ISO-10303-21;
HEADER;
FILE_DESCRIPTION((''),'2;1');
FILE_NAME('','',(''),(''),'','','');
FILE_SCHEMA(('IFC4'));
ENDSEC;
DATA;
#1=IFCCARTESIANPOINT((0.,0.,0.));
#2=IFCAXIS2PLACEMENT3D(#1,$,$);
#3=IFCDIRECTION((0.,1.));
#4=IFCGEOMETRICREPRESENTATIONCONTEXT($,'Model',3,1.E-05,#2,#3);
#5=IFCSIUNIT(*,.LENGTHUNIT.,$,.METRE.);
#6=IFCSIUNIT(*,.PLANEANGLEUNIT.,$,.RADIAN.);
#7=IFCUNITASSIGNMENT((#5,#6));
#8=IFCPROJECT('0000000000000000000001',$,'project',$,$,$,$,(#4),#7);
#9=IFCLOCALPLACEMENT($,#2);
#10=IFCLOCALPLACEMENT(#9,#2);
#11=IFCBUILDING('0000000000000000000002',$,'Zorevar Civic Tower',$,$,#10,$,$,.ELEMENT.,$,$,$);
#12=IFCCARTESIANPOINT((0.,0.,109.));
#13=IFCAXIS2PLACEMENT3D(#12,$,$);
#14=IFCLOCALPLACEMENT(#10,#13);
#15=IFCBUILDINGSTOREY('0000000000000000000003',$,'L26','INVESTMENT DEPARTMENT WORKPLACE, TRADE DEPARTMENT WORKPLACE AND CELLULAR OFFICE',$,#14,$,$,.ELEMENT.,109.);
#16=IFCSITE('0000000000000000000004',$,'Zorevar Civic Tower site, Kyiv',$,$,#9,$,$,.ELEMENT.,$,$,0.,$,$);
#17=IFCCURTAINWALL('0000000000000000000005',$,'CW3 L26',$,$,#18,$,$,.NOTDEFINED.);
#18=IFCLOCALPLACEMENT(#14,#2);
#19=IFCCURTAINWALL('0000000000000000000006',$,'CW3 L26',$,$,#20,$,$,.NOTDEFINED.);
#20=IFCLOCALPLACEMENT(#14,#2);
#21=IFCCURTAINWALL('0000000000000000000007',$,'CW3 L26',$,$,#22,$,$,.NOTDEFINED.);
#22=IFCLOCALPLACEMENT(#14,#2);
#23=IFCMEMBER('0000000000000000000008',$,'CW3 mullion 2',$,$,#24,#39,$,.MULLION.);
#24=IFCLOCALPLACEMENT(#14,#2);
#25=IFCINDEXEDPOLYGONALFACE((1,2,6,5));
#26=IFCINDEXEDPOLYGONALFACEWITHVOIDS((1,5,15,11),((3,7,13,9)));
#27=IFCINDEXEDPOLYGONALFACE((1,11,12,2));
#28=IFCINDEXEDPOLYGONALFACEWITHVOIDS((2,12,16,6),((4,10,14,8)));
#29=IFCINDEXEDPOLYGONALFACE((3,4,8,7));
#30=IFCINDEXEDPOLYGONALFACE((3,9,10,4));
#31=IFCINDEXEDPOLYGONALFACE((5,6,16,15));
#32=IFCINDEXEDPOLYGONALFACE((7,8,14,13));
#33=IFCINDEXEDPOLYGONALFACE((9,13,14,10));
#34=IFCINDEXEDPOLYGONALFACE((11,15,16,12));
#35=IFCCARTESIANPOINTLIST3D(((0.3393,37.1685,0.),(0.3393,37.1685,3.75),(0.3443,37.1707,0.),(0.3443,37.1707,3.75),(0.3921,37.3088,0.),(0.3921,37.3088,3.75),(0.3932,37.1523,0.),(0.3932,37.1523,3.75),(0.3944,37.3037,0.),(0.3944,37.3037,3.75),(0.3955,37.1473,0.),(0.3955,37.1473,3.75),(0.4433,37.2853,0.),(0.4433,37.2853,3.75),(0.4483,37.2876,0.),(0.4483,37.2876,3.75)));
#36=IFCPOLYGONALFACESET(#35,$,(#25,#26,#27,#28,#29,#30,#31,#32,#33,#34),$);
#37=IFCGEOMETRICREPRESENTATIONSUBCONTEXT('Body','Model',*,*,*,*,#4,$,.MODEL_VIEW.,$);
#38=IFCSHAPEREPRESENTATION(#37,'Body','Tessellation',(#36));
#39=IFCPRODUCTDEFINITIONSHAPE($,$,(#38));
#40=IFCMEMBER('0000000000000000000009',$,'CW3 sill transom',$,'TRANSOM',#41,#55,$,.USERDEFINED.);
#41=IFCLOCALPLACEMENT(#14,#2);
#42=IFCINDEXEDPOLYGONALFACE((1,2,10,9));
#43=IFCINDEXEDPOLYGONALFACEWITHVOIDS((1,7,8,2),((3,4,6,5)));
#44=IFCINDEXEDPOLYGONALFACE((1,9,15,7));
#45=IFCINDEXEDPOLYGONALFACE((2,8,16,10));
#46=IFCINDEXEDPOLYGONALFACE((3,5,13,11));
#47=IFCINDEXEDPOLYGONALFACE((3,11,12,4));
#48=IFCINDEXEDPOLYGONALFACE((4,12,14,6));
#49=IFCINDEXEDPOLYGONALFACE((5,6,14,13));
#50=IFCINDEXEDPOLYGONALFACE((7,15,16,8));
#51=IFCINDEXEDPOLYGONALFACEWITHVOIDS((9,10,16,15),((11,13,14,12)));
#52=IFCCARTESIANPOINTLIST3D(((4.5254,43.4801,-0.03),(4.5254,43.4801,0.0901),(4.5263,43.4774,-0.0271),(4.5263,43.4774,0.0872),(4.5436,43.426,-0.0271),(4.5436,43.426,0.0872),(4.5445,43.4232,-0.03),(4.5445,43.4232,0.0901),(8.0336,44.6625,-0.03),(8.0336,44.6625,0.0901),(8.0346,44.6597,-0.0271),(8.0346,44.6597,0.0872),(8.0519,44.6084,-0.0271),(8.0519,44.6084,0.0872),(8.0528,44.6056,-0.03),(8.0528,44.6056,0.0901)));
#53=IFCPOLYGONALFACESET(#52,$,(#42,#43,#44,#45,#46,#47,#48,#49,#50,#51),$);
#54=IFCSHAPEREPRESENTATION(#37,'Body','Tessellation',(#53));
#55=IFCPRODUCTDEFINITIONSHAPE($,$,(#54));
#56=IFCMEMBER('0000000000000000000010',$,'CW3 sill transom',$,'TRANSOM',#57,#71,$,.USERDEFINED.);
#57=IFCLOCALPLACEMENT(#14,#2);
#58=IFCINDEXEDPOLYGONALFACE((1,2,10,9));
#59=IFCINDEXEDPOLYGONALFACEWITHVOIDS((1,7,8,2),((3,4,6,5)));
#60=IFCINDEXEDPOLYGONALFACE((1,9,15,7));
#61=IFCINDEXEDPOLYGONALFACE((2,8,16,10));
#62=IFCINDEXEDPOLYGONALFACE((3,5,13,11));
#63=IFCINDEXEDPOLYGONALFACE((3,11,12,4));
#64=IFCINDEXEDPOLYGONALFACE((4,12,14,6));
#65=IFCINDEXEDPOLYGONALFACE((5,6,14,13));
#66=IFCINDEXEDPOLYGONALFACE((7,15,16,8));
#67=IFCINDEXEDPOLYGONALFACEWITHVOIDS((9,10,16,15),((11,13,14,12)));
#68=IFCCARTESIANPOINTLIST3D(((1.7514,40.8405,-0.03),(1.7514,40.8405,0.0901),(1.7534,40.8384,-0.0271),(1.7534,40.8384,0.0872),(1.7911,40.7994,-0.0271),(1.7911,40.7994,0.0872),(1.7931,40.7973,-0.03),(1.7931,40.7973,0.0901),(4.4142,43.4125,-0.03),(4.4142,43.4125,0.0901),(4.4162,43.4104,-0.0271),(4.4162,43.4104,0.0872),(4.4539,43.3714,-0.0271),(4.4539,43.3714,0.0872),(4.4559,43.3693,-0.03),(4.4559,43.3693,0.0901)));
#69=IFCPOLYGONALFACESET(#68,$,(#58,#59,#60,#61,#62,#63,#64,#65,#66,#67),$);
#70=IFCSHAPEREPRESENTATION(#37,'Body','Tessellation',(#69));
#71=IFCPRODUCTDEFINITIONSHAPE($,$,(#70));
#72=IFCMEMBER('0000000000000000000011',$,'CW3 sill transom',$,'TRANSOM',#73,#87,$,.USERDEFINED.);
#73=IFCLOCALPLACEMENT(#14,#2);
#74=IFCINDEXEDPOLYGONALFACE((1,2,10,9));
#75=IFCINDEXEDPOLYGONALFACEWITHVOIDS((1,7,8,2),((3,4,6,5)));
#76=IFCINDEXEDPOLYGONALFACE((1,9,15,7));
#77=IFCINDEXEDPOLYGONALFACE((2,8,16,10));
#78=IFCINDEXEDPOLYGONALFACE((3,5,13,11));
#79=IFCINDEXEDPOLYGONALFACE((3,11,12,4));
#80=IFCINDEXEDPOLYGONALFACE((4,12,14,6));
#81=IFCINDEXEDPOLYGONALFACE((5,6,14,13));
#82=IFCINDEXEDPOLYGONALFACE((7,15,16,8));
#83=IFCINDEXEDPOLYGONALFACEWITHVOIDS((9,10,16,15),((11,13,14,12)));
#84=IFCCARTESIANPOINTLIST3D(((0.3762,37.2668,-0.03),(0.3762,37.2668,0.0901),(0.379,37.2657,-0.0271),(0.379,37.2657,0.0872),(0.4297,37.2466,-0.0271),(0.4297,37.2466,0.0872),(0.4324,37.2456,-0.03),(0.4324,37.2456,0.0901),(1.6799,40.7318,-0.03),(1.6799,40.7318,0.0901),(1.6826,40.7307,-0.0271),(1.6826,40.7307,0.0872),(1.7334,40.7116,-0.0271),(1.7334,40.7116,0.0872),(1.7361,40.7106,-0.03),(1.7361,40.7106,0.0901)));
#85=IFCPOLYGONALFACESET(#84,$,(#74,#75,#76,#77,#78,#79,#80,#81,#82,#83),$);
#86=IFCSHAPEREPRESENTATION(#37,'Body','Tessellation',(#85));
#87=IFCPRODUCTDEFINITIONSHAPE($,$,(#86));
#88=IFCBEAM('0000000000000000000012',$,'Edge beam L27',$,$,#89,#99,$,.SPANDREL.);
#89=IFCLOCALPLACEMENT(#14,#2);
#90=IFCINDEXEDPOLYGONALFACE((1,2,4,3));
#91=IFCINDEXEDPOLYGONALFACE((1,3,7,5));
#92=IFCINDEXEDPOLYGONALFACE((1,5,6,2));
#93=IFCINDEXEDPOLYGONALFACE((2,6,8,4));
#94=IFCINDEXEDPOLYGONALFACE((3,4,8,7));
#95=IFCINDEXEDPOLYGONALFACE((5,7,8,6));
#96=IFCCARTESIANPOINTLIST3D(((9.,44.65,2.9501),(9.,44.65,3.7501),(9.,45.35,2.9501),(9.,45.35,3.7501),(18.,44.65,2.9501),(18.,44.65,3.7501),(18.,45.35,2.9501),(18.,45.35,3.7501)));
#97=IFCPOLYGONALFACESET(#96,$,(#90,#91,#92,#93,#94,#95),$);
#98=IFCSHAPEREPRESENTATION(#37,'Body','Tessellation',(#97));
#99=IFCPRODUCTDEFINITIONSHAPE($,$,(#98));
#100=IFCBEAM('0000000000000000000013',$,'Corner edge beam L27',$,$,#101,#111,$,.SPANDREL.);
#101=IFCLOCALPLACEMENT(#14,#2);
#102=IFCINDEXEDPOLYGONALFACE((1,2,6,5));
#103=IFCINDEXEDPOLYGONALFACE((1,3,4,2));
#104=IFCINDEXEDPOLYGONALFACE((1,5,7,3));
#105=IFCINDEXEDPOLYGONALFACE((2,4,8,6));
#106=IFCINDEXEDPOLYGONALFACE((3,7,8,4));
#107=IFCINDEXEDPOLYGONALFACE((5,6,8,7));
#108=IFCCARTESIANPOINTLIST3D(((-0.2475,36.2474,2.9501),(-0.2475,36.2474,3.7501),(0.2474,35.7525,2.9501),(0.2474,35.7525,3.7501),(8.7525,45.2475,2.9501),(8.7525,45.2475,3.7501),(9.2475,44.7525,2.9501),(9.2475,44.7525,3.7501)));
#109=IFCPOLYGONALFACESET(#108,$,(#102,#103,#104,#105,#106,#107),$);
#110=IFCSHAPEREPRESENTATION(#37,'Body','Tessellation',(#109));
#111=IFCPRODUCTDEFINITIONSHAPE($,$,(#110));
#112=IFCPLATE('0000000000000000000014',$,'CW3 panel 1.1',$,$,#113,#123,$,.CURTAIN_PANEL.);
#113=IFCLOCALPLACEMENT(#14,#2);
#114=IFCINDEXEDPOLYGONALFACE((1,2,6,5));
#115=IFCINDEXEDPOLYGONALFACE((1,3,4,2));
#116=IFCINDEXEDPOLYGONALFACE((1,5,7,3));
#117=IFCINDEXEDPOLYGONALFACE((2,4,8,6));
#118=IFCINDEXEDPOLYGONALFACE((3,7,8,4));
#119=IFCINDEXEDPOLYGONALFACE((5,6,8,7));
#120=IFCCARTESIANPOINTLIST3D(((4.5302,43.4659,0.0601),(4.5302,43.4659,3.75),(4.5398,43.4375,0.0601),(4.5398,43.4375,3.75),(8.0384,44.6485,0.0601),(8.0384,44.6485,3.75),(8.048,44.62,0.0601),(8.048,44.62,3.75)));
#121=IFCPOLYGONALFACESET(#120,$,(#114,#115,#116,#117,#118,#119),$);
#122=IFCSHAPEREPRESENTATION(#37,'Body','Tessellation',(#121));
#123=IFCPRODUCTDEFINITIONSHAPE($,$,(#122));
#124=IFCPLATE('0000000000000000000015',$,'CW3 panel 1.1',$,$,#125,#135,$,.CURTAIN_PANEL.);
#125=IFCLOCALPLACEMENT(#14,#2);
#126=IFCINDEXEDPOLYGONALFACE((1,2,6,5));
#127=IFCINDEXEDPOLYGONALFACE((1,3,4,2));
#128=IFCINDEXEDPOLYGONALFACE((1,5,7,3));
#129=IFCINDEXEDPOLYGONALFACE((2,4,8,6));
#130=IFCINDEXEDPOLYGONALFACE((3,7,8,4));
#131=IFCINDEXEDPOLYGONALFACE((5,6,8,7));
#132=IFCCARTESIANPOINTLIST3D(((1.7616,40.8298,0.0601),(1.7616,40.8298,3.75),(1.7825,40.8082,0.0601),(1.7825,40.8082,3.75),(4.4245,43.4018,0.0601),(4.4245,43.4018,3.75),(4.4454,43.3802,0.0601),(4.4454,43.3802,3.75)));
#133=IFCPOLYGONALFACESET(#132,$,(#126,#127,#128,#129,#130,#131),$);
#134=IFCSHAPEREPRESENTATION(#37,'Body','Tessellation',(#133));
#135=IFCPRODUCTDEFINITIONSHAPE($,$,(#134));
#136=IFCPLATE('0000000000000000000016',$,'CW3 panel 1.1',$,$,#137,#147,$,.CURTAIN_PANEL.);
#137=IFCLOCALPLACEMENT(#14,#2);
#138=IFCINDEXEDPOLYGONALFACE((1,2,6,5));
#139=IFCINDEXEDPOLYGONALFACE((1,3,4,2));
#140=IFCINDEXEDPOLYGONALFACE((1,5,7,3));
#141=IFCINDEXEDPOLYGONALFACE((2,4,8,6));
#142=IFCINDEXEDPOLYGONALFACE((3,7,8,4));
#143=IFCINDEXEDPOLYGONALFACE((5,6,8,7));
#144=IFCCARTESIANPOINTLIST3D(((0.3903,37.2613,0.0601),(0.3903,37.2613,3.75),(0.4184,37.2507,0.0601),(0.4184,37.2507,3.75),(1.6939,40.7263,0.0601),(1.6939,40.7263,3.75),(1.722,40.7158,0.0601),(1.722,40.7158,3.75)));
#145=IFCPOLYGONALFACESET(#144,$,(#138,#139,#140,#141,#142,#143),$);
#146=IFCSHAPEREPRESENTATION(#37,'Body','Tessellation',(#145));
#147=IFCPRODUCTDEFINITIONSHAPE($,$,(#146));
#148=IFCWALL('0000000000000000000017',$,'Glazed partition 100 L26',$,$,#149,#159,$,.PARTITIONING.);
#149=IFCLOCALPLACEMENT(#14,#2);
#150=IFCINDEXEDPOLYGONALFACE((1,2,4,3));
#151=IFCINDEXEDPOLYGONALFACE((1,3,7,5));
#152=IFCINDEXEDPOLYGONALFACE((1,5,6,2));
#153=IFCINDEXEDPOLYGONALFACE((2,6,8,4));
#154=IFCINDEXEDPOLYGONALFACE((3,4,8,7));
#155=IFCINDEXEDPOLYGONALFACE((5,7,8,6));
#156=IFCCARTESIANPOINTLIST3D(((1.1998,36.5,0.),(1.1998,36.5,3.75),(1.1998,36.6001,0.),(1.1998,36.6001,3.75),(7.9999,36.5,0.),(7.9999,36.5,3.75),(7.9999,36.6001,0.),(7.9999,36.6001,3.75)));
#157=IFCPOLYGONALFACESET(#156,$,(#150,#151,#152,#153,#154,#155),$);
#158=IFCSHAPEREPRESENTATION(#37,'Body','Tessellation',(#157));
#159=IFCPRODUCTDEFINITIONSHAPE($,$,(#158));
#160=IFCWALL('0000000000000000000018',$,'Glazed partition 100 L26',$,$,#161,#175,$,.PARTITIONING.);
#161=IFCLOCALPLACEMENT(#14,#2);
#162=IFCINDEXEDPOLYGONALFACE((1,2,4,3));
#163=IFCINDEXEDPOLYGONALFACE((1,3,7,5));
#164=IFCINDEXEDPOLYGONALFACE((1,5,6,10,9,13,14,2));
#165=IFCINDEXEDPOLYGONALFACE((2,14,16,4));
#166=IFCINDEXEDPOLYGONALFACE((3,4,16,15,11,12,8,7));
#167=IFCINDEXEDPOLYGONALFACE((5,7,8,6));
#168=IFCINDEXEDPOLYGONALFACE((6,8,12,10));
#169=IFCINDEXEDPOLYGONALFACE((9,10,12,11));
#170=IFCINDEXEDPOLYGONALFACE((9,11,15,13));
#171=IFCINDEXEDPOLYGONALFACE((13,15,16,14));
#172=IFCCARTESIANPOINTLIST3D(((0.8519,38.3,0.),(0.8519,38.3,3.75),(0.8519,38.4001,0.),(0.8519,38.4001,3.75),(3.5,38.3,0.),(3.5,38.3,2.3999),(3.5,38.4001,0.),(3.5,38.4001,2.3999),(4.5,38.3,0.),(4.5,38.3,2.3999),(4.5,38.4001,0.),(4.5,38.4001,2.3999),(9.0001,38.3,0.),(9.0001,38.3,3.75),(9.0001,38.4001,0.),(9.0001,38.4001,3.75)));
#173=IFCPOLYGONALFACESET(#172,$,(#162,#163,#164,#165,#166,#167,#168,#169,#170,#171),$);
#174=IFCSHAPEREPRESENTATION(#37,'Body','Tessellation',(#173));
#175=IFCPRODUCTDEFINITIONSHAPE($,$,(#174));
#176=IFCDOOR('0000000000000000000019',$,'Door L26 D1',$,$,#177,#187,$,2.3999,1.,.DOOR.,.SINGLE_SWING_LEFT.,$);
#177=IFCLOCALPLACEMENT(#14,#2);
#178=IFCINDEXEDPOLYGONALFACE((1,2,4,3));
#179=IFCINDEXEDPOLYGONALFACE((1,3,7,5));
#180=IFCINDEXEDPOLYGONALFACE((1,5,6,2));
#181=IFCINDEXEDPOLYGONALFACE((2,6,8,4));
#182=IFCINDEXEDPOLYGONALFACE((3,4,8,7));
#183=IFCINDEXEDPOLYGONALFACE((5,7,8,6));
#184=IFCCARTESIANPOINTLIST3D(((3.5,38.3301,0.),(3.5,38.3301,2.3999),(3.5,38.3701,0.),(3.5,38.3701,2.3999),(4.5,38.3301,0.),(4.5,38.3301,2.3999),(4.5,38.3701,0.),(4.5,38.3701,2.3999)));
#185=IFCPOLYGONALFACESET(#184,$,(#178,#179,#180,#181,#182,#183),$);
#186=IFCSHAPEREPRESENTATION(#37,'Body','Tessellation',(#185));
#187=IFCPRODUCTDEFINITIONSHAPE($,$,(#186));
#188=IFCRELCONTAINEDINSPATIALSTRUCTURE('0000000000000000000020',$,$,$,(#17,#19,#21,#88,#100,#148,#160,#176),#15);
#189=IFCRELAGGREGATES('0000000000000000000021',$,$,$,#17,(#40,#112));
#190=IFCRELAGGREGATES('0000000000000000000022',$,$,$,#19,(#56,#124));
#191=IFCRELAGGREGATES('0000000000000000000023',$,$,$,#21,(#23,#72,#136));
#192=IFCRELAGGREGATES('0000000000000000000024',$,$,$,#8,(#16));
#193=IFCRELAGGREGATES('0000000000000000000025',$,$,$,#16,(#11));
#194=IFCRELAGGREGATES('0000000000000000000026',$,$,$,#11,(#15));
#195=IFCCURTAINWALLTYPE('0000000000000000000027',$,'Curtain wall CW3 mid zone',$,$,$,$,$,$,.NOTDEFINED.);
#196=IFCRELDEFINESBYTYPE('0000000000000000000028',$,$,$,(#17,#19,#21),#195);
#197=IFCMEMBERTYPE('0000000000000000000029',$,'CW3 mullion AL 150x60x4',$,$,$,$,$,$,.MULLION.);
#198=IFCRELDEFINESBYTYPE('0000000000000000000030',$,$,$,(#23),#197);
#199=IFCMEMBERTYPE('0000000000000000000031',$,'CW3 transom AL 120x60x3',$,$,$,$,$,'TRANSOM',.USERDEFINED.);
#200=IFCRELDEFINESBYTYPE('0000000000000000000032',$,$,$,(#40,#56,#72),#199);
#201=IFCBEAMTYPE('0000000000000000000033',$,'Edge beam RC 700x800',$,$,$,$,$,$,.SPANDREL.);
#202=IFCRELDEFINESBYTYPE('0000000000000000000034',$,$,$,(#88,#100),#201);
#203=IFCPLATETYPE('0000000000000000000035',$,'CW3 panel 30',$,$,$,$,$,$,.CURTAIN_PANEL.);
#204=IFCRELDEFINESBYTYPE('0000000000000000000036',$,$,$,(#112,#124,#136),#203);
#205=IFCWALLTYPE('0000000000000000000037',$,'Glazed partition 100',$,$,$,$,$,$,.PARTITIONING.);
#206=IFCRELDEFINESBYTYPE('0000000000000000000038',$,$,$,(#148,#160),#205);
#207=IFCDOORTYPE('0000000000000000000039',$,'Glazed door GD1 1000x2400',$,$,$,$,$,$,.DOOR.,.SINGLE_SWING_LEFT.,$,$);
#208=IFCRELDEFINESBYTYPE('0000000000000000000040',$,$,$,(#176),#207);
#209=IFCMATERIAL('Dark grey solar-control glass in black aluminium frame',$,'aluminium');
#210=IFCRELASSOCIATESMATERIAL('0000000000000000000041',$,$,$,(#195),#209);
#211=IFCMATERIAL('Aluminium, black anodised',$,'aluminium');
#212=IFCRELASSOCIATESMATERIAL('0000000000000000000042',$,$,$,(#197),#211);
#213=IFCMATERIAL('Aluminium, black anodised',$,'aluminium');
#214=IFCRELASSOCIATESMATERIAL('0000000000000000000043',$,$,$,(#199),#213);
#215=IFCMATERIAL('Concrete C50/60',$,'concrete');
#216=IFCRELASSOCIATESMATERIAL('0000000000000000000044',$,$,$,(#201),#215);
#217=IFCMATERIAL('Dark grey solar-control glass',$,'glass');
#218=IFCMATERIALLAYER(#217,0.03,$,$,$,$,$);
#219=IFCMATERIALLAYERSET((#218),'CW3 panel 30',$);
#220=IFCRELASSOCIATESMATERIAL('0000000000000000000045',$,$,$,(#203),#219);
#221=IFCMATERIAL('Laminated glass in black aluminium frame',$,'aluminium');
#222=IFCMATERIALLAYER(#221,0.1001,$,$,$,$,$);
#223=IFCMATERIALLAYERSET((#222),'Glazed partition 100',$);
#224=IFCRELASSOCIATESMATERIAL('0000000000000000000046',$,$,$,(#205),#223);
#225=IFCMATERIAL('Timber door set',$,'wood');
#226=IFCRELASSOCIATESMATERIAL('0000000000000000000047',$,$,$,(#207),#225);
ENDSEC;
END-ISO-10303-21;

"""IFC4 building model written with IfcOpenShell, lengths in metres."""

from ifc_helpers import new_model, si_unit, direction, frame, frame_2d, origin, origin_2d, place, context, subcontext, project, spatial, rectangle, hollow_rectangle, extrude, material, layer, layer_set, material_profile, profile_set, type_object, element, fill, aggregate, save


model = new_model("IFC4")

# Units and contexts
model_context = context("Model", 3, precision=1e-05, world=origin(), true_north=direction((0.0, 1.0)))
body_context = subcontext(model_context, "Body", "Model", "MODEL_VIEW")
ifc_project = project(units=[si_unit("LENGTHUNIT", "METRE"), si_unit("PLANEANGLEUNIT", "RADIAN")], contexts=[model_context])

# Site, building, storey
site_placement = place(None, origin())
site = spatial("IfcSite", under=ifc_project, at=site_placement, Name="Zorevar Civic Tower site, Kyiv", CompositionType="ELEMENT", RefElevation=0.0)
building_placement = place(site_placement, origin())
building = spatial("IfcBuilding", under=site, at=building_placement, Name="Zorevar Civic Tower", CompositionType="ELEMENT")
storey_placement = place(building_placement, frame((0.0, 0.0, 109.0)))
storey = spatial("IfcBuildingStorey", under=building, at=storey_placement, Name="L26", Description="INVESTMENT DEPARTMENT WORKPLACE, TRADE DEPARTMENT WORKPLACE AND CELLULAR OFFICE", CompositionType="ELEMENT", Elevation=109.0)

# Shared definitions
ifc_material_1 = material(Name="Dark grey solar-control glass in black aluminium frame", Category="aluminium")
curtain_wall_type = type_object("IfcCurtainWallType", Name="Curtain wall CW3 mid zone", PredefinedType="NOTDEFINED", material=ifc_material_1)
ifc_material_2 = material(Name="Aluminium, black anodised", Category="aluminium")
ifc_material_profile_1 = material_profile(ifc_material_2, hollow_rectangle(XDim=0.0601, YDim=0.1499, WallThickness=0.0039, at=origin_2d()), Name="AL 150x60x4")
ifc_profile_set_1 = profile_set([ifc_material_profile_1], Name="Aluminium, black anodised")
member_type_1 = type_object("IfcMemberType", Name="CW3 mullion AL 150x60x4", PredefinedType="MULLION", material=ifc_profile_set_1)

# Curtain walls, member
curtain_wall_1_placement = place(storey_placement, origin())
curtain_wall_1 = element("IfcCurtainWall", 1, at=curtain_wall_1_placement, inside=storey, type_object=curtain_wall_type, Name="CW3 L26", PredefinedType="NOTDEFINED")
curtain_wall_2_placement = place(storey_placement, origin())
curtain_wall_2 = element("IfcCurtainWall", 2, at=curtain_wall_2_placement, inside=storey, type_object=curtain_wall_type, Name="CW3 L26", PredefinedType="NOTDEFINED")
curtain_wall_3_placement = place(storey_placement, origin())
curtain_wall_3 = element("IfcCurtainWall", 3, at=curtain_wall_3_placement, inside=storey, type_object=curtain_wall_type, Name="CW3 L26", PredefinedType="NOTDEFINED")
member_1_placement = place(storey_placement, frame((0.3938, 37.228, 0.0), z_axis=(0.0, 0.0, 1.0), x_axis=(0.935951, -0.352132, 0.0)))
member_1 = element("IfcMember", 4, at=member_1_placement, type_object=member_type_1, Name="CW3 mullion 2", PredefinedType="MULLION", context=body_context, shape_type="SweptSolid", body=[
    extrude(hollow_rectangle(XDim=0.0601, YDim=0.1499, WallThickness=0.0039, at=origin_2d()), origin(), (0.0, 0.0, 1.0), 3.75),
])

# Members
ifc_material_3 = material(Name="Aluminium, black anodised", Category="aluminium")
ifc_material_profile_2 = material_profile(ifc_material_3, hollow_rectangle(XDim=0.0601, YDim=0.1201, WallThickness=0.0029, at=origin_2d()), Name="AL 120x60x3")
ifc_profile_set_2 = profile_set([ifc_material_profile_2], Name="Aluminium, black anodised")
member_type_2 = type_object("IfcMemberType", Name="CW3 transom AL 120x60x3", ElementType="TRANSOM", PredefinedType="USERDEFINED", material=ifc_profile_set_2)
member_2_placement = place(storey_placement, frame((8.0432, 44.634, 0.03), z_axis=(-0.94763, -0.319372, 0.0), x_axis=(0.319372, -0.94763, 0.0)))
member_2 = element("IfcMember", 5, at=member_2_placement, type_object=member_type_2, Name="CW3 sill transom", ObjectType="TRANSOM", PredefinedType="USERDEFINED", context=body_context, shape_type="SweptSolid", body=[
    extrude(hollow_rectangle(XDim=0.0601, YDim=0.1201, WallThickness=0.0029, at=origin_2d()), origin(), (0.0, 0.0, 1.0), 3.7021),
])
member_3_placement = place(storey_placement, frame((4.4351, 43.3909, 0.03), z_axis=(-0.719266, -0.694735, 0.0), x_axis=(0.694735, -0.719266, 0.0)))
member_3 = element("IfcMember", 6, at=member_3_placement, type_object=member_type_2, Name="CW3 sill transom", ObjectType="TRANSOM", PredefinedType="USERDEFINED", context=body_context, shape_type="SweptSolid", body=[
    extrude(hollow_rectangle(XDim=0.0601, YDim=0.1201, WallThickness=0.0029, at=origin_2d()), origin(), (0.0, 0.0, 1.0), 3.7021),
])
member_4_placement = place(storey_placement, frame((1.708, 40.7212, 0.03), z_axis=(-0.352142, -0.935947, 0.0), x_axis=(0.935947, -0.352142, 0.0)))
member_4 = element("IfcMember", 7, at=member_4_placement, type_object=member_type_2, Name="CW3 sill transom", ObjectType="TRANSOM", PredefinedType="USERDEFINED", context=body_context, shape_type="SweptSolid", body=[
    extrude(hollow_rectangle(XDim=0.0601, YDim=0.1201, WallThickness=0.0029, at=origin_2d()), origin(), (0.0, 0.0, 1.0), 3.7021),
])

# Beams
ifc_material_4 = material(Name="Concrete C50/60", Category="concrete")
ifc_material_profile_3 = material_profile(ifc_material_4, rectangle(XDim=0.7, YDim=0.8, at=origin_2d()), Name="RC 700x800")
ifc_profile_set_3 = profile_set([ifc_material_profile_3], Name="Concrete C50/60")
beam_type_1 = type_object("IfcBeamType", Name="Edge beam RC 700x800", PredefinedType="SPANDREL", material=ifc_profile_set_3)
beam_1_placement = place(storey_placement, frame((9.0, 45.0, 3.3501), z_axis=(1.0, 0.0, 0.0), x_axis=(0.0, 1.0, 0.0)))
element("IfcBeam", 8, at=beam_1_placement, inside=storey, type_object=beam_type_1, Name="Edge beam L27", PredefinedType="SPANDREL", context=body_context, shape_type="SweptSolid", body=[
    extrude(rectangle(XDim=0.7, YDim=0.8, at=origin_2d()), origin(), (0.0, 0.0, 1.0), 9.0),
])
beam_2_placement = place(storey_placement, frame((9.0, 45.0, 3.3501), z_axis=(-0.707107, -0.707107, 0.0), x_axis=(0.707107, -0.707107, 0.0)))
element("IfcBeam", 9, at=beam_2_placement, inside=storey, type_object=beam_type_1, Name="Corner edge beam L27", PredefinedType="SPANDREL", context=body_context, shape_type="SweptSolid", body=[
    extrude(rectangle(XDim=0.7, YDim=0.8, at=origin_2d()), origin(), (0.0, 0.0, 1.0), 12.728),
])

# Plates
ifc_material_5 = material(Name="Dark grey solar-control glass", Category="glass")
ifc_layer_1 = layer(ifc_material_5, 0.03)
ifc_layer_set_1 = layer_set([ifc_layer_1], Name="CW3 panel 30")
plate_type = type_object("IfcPlateType", Name="CW3 panel 30", PredefinedType="CURTAIN_PANEL", material=ifc_layer_set_1)
plate_1_placement = place(storey_placement, frame((6.2891, 44.043, 0.0601), z_axis=(0.0, 0.0, 1.0), x_axis=(-0.947616, -0.319413, 0.0)))
plate_1 = element("IfcPlate", 10, at=plate_1_placement, type_object=plate_type, Name="CW3 panel 1.1", PredefinedType="CURTAIN_PANEL", context=body_context, shape_type="SweptSolid", body=[
    extrude(rectangle(XDim=3.7021, YDim=0.03, at=origin_2d()), origin(), (0.0, 0.0, 1.0), 3.6899),
])
aggregate(curtain_wall_1, [member_2, plate_1])
plate_2_placement = place(storey_placement, frame((3.1035, 42.105, 0.0601), z_axis=(0.0, 0.0, 1.0), x_axis=(-0.719281, -0.694719, 0.0)))
plate_2 = element("IfcPlate", 11, at=plate_2_placement, type_object=plate_type, Name="CW3 panel 1.1", PredefinedType="CURTAIN_PANEL", context=body_context, shape_type="SweptSolid", body=[
    extrude(rectangle(XDim=3.7021, YDim=0.03, at=origin_2d()), origin(), (0.0, 0.0, 1.0), 3.6899),
])
aggregate(curtain_wall_2, [member_3, plate_2])
plate_3_placement = place(storey_placement, frame((1.0562, 38.9885, 0.0601), z_axis=(0.0, 0.0, 1.0), x_axis=(-0.352132, -0.935951, 0.0)))
plate_3 = element("IfcPlate", 12, at=plate_3_placement, type_object=plate_type, Name="CW3 panel 1.1", PredefinedType="CURTAIN_PANEL", context=body_context, shape_type="SweptSolid", body=[
    extrude(rectangle(XDim=3.7021, YDim=0.03, at=origin_2d()), origin(), (0.0, 0.0, 1.0), 3.6899),
])
aggregate(curtain_wall_3, [member_1, member_4, plate_3])

# Wall
ifc_material_6 = material(Name="Laminated glass in black aluminium frame", Category="aluminium")
ifc_layer_2 = layer(ifc_material_6, 0.1001)
ifc_layer_set_2 = layer_set([ifc_layer_2], Name="Glazed partition 100")
wall_type_1 = type_object("IfcWallType", Name="Glazed partition 100", PredefinedType="PARTITIONING", material=ifc_layer_set_2)
wall_1_placement = place(storey_placement, frame((1.2, 36.55, 0.0), z_axis=(0.0, 0.0, 1.0), x_axis=(1.0, 0.0, 0.0)))
element("IfcWall", 13, at=wall_1_placement, inside=storey, type_object=wall_type_1, Name="Glazed partition 100 L26", PredefinedType="PARTITIONING", context=body_context, shape_type="SweptSolid", body=[
    extrude(rectangle(XDim=6.8, YDim=0.1001, at=frame_2d((3.3999, 0.0))), origin(), (0.0, 0.0, 1.0), 3.75),
])

# Wall, opening, door
wall_2_placement = place(storey_placement, frame((0.8518, 38.3501, 0.0), z_axis=(0.0, 0.0, 1.0), x_axis=(1.0, 0.0, 0.0)))
wall_2 = element("IfcWall", 14, at=wall_2_placement, inside=storey, type_object=wall_type_1, Name="Glazed partition 100 L26", PredefinedType="PARTITIONING", context=body_context, shape_type="SweptSolid", body=[
    extrude(rectangle(XDim=8.1482, YDim=0.1001, at=frame_2d((4.0742, 0.0))), origin(), (0.0, 0.0, 1.0), 3.75),
])
opening_1_placement = place(wall_2_placement, frame((2.6482, 0.0, 0.0)))
opening_1 = element("IfcOpeningElement", 15, at=opening_1_placement, cuts=wall_2, PredefinedType="OPENING", context=body_context, shape_type="SweptSolid", body=[
    extrude(rectangle(XDim=1.0, YDim=2.3999, at=frame_2d((0.5, 1.2))), frame((0.0, 0.0601, 0.0), z_axis=(0.0, -1.0, 0.0), x_axis=(1.0, 0.0, 0.0)), (0.0, 0.0, 1.0), 0.1201),
])
ifc_material_7 = material(Name="Timber door set", Category="wood")
door_type_1 = type_object("IfcDoorType", Name="Glazed door GD1 1000x2400", OperationType="SINGLE_SWING_LEFT", PredefinedType="DOOR", material=ifc_material_7)
door_1_placement = place(opening_1_placement, origin())
door_1 = element("IfcDoor", 16, at=door_1_placement, inside=storey, type_object=door_type_1, Name="Door L26 D1", OperationType="SINGLE_SWING_LEFT", OverallHeight=2.3999, OverallWidth=1.0, PredefinedType="DOOR", context=body_context, shape_type="SweptSolid", body=[
    extrude(rectangle(XDim=1.0, YDim=2.3999, at=frame_2d((0.5, 1.2))), frame((0.0, 0.02, 0.0), z_axis=(0.0, -1.0, 0.0), x_axis=(1.0, 0.0, 0.0)), (0.0, 0.0, 1.0), 0.04),
])
fill(opening_1, door_1)

save(model, "model.ifc")
